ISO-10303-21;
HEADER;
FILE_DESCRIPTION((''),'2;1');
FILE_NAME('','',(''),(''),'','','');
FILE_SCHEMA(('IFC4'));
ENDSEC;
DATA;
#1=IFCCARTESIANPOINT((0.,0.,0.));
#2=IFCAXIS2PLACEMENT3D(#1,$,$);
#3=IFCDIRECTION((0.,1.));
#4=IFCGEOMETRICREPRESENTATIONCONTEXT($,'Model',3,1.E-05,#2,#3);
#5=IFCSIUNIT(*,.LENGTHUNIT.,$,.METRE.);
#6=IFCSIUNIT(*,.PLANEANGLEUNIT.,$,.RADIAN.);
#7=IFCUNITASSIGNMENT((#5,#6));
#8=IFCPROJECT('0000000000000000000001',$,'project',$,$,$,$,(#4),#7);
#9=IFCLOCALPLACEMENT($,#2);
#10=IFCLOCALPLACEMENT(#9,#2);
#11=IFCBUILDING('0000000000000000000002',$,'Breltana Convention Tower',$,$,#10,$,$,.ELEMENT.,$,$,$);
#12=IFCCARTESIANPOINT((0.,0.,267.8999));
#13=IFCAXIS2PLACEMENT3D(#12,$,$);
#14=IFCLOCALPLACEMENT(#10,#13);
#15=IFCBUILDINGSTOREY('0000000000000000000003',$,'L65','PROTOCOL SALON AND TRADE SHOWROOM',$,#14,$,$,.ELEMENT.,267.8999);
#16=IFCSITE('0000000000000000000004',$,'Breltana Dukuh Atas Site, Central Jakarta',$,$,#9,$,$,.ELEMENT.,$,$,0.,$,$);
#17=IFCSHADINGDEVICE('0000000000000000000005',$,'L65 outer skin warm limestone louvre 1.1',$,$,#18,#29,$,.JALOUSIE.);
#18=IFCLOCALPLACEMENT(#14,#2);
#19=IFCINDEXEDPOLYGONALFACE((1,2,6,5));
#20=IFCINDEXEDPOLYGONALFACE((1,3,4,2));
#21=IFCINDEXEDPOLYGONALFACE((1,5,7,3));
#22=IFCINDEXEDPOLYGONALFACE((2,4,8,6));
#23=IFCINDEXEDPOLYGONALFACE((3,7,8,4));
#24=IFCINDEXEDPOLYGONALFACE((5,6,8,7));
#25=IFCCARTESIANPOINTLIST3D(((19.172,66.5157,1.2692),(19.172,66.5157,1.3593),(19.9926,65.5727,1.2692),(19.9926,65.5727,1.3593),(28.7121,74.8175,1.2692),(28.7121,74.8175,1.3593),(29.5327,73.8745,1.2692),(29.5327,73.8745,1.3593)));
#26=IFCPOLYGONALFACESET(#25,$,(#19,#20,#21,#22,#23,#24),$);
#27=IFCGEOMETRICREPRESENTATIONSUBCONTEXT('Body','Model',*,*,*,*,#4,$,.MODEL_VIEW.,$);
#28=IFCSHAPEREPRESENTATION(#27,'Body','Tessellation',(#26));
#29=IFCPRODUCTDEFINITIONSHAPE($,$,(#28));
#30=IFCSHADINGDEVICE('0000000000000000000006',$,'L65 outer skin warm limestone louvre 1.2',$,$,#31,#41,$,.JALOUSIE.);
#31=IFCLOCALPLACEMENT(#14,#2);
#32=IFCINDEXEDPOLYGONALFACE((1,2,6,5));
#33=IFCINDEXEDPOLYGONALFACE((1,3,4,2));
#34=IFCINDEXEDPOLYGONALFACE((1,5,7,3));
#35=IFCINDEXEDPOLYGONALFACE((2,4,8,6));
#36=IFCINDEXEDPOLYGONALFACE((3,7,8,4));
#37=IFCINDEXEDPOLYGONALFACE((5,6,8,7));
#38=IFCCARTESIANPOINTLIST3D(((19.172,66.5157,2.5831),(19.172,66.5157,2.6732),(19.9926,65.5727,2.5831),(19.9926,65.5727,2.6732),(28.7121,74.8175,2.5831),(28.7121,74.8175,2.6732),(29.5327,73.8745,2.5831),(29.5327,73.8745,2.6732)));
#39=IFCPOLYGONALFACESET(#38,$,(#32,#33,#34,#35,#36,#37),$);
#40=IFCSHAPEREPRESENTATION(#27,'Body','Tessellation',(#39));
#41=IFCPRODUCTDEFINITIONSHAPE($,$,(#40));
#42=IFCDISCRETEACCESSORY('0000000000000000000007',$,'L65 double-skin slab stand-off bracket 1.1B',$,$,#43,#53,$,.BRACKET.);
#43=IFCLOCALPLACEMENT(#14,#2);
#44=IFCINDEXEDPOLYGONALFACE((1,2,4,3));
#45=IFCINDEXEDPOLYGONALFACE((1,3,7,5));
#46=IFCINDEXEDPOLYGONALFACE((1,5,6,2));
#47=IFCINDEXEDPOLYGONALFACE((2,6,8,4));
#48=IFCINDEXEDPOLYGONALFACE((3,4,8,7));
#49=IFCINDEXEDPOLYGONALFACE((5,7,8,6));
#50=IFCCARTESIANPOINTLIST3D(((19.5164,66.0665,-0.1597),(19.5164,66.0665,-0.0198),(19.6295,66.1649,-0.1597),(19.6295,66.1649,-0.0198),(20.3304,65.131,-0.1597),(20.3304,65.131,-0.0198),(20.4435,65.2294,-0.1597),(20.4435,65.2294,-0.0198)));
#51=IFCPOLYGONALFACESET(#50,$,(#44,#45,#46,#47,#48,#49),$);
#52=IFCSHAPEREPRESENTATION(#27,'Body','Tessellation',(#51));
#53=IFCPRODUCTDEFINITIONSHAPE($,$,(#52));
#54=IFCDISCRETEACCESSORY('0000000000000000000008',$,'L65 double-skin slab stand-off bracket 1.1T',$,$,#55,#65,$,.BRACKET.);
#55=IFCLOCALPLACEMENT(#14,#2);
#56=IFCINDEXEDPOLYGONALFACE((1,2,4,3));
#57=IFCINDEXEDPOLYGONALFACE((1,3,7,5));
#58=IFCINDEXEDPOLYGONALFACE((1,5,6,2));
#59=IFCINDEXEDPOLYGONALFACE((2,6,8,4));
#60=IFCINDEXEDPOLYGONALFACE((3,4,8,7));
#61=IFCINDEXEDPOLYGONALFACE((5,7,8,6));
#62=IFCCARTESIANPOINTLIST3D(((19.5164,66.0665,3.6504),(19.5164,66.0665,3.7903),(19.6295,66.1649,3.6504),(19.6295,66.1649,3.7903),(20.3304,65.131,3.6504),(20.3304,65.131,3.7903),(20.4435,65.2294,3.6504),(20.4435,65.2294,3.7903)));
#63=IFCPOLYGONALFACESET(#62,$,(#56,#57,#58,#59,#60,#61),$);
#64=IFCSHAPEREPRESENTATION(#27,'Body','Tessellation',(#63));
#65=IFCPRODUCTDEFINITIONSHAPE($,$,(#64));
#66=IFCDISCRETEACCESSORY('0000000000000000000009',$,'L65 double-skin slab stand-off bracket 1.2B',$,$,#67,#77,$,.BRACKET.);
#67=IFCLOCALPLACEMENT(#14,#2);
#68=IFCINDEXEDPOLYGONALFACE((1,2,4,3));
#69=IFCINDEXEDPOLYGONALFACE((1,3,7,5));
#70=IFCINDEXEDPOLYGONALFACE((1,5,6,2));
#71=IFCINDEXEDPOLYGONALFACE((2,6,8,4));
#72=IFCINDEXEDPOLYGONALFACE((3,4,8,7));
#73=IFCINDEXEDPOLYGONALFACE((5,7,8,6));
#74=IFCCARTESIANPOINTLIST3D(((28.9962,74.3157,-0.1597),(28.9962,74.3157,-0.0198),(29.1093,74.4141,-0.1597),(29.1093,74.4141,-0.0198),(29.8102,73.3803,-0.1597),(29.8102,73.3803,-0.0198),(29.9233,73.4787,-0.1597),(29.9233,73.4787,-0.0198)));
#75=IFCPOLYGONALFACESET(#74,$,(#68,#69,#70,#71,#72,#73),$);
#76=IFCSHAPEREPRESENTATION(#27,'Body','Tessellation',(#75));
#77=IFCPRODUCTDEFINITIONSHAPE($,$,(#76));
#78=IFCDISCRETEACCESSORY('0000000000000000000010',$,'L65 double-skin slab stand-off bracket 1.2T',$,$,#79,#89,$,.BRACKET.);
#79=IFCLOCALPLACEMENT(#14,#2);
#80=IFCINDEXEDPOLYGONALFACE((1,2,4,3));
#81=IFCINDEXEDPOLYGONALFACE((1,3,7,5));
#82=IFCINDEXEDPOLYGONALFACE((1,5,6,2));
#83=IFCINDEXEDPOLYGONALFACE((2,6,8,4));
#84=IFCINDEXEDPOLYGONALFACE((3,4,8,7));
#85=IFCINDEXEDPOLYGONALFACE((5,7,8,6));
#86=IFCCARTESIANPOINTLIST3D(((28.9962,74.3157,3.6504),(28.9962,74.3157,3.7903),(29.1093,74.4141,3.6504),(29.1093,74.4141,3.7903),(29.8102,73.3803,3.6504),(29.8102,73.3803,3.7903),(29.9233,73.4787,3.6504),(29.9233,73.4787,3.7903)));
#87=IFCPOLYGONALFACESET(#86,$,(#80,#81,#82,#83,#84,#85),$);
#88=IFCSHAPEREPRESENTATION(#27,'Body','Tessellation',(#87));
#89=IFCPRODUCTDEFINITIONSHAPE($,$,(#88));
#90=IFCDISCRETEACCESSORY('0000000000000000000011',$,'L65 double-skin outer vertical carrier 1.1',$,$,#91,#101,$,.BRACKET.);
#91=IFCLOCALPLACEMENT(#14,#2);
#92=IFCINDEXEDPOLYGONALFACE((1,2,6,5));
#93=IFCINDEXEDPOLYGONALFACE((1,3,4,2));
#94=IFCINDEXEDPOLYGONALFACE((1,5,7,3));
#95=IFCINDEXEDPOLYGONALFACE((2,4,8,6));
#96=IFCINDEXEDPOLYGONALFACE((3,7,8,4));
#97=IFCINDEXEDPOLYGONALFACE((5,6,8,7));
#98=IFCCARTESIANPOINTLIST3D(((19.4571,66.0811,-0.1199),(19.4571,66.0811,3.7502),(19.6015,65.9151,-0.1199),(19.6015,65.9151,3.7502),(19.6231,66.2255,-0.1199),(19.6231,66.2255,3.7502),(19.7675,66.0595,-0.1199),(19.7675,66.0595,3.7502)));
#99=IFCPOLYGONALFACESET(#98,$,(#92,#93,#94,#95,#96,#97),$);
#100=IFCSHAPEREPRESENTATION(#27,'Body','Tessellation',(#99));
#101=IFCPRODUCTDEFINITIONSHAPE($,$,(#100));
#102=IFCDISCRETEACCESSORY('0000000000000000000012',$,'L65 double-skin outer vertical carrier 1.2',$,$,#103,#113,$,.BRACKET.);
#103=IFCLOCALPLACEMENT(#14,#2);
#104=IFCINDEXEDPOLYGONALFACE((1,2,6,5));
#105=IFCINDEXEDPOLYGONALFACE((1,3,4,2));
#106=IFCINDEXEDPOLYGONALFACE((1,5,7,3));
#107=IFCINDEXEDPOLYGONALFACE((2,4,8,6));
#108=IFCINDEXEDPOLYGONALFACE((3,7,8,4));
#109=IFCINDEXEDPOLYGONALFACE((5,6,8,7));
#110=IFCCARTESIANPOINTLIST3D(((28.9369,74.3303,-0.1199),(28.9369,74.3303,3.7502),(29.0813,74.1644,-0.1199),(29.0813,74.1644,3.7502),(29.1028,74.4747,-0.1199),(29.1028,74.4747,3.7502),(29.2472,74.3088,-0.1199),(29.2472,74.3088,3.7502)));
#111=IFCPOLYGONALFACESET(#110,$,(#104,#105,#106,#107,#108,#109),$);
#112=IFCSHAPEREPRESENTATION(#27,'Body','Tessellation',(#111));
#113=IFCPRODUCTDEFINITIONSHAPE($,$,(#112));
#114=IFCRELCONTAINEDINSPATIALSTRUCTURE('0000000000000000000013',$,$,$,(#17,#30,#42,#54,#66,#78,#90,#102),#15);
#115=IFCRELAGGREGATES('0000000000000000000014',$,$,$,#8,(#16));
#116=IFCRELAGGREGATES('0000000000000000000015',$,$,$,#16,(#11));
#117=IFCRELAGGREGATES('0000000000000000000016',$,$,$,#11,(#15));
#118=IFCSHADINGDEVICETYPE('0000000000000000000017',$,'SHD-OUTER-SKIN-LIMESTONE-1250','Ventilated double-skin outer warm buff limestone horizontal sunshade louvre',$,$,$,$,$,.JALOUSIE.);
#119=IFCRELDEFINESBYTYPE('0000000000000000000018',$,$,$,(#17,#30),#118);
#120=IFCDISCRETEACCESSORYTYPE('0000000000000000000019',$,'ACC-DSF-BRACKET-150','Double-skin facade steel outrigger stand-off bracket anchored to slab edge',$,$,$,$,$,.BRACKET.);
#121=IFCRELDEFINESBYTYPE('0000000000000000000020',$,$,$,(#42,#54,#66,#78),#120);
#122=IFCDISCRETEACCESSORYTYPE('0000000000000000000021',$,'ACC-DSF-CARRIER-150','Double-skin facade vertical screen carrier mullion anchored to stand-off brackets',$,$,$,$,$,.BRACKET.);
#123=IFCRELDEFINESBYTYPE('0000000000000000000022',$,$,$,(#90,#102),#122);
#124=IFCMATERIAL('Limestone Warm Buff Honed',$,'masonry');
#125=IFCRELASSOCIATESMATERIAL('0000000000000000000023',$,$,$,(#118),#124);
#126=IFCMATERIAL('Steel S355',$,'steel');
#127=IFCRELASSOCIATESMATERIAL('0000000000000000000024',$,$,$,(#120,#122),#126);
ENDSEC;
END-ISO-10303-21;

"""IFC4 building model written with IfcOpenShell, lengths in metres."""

from ifc_helpers import new_model, si_unit, direction, frame, origin, origin_2d, place, context, subcontext, project, spatial, rectangle, extrude, source, transform, mapped, material, material_profile, profile_set, type_object, type_shapes, element, save


model = new_model("IFC4")

# Units and contexts
model_context = context("Model", 3, precision=1e-05, world=origin(), true_north=direction((0.0, 1.0)))
body_context = subcontext(model_context, "Body", "Model", "MODEL_VIEW")
ifc_project = project(units=[si_unit("LENGTHUNIT", "METRE"), si_unit("PLANEANGLEUNIT", "RADIAN")], contexts=[model_context])

# Site, building, storey
site_placement = place(None, origin())
site = spatial("IfcSite", under=ifc_project, at=site_placement, Name="Breltana Dukuh Atas Site, Central Jakarta", CompositionType="ELEMENT", RefElevation=0.0)
building_placement = place(site_placement, origin())
building = spatial("IfcBuilding", under=site, at=building_placement, Name="Breltana Convention Tower", CompositionType="ELEMENT")
storey_placement = place(building_placement, frame((0.0, 0.0, 267.8999)))
storey = spatial("IfcBuildingStorey", under=building, at=storey_placement, Name="L65", Description="PROTOCOL SALON AND TRADE SHOWROOM", CompositionType="ELEMENT", Elevation=267.8999)

# Shading devices
ifc_material_1 = material(Name="Limestone Warm Buff Honed", Category="masonry")
ifc_material_profile_1 = material_profile(ifc_material_1, rectangle(XDim=1.25, YDim=0.0901, at=origin_2d()), Name="STN-LVR-1250X90")
ifc_profile_set_1 = profile_set([ifc_material_profile_1], Name="Limestone Warm Buff Honed")
shading_device_type = type_object("IfcShadingDeviceType", Name="SHD-OUTER-SKIN-LIMESTONE-1250", Description="Ventilated double-skin outer warm buff limestone horizontal sunshade louvre", PredefinedType="JALOUSIE", material=ifc_profile_set_1)
shared_shape_1 = source(origin(), body_context, "Body", "SweptSolid", [
    extrude(rectangle(XDim=1.25, YDim=0.0901, at=origin_2d()), origin(), (0.0, 0.0, 1.0), 12.6465),
])
for number, where, z_axis, x_axis, name in (
    (1, (19.5823, 66.0442, 1.3142), (0.754368, 0.656452, 0.0), (-0.656452, 0.754368, 0.0), "L65 outer skin warm limestone louvre 1.1"),
    (2, (19.5823, 66.0442, 2.6282), (0.754368, 0.656452, 0.0), (-0.656452, 0.754368, 0.0), "L65 outer skin warm limestone louvre 1.2"),
):
    element("IfcShadingDevice", number, at=place(storey_placement, frame(where, z_axis=z_axis, x_axis=x_axis)), inside=storey, type_object=shading_device_type, Name=name, PredefinedType="JALOUSIE", context=body_context, shape_type="MappedRepresentation", body=[
        mapped(shared_shape_1, transform((0.0, 0.0, 0.0), scale=1.0)),
    ])

# Discrete accessories
ifc_material_2 = material(Name="Steel S355", Category="steel")
discrete_accessory_type_1 = type_object("IfcDiscreteAccessoryType", Name="ACC-DSF-BRACKET-150", Description="Double-skin facade steel outrigger stand-off bracket anchored to slab edge", PredefinedType="BRACKET", material=ifc_material_2)
shared_shape_2 = source(origin(), body_context, "Body", "SweptSolid", [
    extrude(rectangle(XDim=1.24, YDim=0.1499, at=origin_2d()), origin(), (0.0, 0.0, 1.0), 0.1399),
])
type_shapes(discrete_accessory_type_1, [shared_shape_2])
for number, where, z_axis, x_axis, name in (
    (3, (19.98, 65.6479, -0.1597), (0.0, 0.0, 1.0), (-0.656454, 0.754366, 0.0), "L65 double-skin slab stand-off bracket 1.1B"),
    (4, (19.98, 65.6479, 3.6504), (0.0, 0.0, 1.0), (-0.656454, 0.754366, 0.0), "L65 double-skin slab stand-off bracket 1.1T"),
    (5, (29.4597, 73.8972, -0.1597), (0.0, 0.0, 1.0), (-0.656454, 0.754366, 0.0), "L65 double-skin slab stand-off bracket 1.2B"),
    (6, (29.4597, 73.8972, 3.6504), (0.0, 0.0, 1.0), (-0.656454, 0.754366, 0.0), "L65 double-skin slab stand-off bracket 1.2T"),
):
    element("IfcDiscreteAccessory", number, at=place(storey_placement, frame(where, z_axis=z_axis, x_axis=x_axis)), inside=storey, type_object=discrete_accessory_type_1, Name=name, PredefinedType="BRACKET", context=body_context, shape_type="MappedRepresentation", body=[
        mapped(shared_shape_2, transform((0.0, 0.0, 0.0), scale=1.0)),
    ])
discrete_accessory_type_2 = type_object("IfcDiscreteAccessoryType", Name="ACC-DSF-CARRIER-150", Description="Double-skin facade vertical screen carrier mullion anchored to stand-off brackets", PredefinedType="BRACKET", material=ifc_material_2)
shared_shape_3 = source(origin(), body_context, "Body", "SweptSolid", [
    extrude(rectangle(XDim=0.22, YDim=0.22, at=origin_2d()), origin(), (0.0, 0.0, 1.0), 3.8701),
])
for number, where, z_axis, x_axis, name in (
    (7, (19.6123, 66.0703, -0.1199), (0.0, 0.0, 1.0), (-0.656454, 0.754366, 0.0), "L65 double-skin outer vertical carrier 1.1"),
    (8, (29.092, 74.3196, -0.1199), (0.0, 0.0, 1.0), (-0.656454, 0.754366, 0.0), "L65 double-skin outer vertical carrier 1.2"),
):
    element("IfcDiscreteAccessory", number, at=place(storey_placement, frame(where, z_axis=z_axis, x_axis=x_axis)), inside=storey, type_object=discrete_accessory_type_2, Name=name, PredefinedType="BRACKET", context=body_context, shape_type="MappedRepresentation", body=[
        mapped(shared_shape_3, transform((0.0, 0.0, 0.0), scale=1.0)),
    ])

save(model, "model.ifc")
